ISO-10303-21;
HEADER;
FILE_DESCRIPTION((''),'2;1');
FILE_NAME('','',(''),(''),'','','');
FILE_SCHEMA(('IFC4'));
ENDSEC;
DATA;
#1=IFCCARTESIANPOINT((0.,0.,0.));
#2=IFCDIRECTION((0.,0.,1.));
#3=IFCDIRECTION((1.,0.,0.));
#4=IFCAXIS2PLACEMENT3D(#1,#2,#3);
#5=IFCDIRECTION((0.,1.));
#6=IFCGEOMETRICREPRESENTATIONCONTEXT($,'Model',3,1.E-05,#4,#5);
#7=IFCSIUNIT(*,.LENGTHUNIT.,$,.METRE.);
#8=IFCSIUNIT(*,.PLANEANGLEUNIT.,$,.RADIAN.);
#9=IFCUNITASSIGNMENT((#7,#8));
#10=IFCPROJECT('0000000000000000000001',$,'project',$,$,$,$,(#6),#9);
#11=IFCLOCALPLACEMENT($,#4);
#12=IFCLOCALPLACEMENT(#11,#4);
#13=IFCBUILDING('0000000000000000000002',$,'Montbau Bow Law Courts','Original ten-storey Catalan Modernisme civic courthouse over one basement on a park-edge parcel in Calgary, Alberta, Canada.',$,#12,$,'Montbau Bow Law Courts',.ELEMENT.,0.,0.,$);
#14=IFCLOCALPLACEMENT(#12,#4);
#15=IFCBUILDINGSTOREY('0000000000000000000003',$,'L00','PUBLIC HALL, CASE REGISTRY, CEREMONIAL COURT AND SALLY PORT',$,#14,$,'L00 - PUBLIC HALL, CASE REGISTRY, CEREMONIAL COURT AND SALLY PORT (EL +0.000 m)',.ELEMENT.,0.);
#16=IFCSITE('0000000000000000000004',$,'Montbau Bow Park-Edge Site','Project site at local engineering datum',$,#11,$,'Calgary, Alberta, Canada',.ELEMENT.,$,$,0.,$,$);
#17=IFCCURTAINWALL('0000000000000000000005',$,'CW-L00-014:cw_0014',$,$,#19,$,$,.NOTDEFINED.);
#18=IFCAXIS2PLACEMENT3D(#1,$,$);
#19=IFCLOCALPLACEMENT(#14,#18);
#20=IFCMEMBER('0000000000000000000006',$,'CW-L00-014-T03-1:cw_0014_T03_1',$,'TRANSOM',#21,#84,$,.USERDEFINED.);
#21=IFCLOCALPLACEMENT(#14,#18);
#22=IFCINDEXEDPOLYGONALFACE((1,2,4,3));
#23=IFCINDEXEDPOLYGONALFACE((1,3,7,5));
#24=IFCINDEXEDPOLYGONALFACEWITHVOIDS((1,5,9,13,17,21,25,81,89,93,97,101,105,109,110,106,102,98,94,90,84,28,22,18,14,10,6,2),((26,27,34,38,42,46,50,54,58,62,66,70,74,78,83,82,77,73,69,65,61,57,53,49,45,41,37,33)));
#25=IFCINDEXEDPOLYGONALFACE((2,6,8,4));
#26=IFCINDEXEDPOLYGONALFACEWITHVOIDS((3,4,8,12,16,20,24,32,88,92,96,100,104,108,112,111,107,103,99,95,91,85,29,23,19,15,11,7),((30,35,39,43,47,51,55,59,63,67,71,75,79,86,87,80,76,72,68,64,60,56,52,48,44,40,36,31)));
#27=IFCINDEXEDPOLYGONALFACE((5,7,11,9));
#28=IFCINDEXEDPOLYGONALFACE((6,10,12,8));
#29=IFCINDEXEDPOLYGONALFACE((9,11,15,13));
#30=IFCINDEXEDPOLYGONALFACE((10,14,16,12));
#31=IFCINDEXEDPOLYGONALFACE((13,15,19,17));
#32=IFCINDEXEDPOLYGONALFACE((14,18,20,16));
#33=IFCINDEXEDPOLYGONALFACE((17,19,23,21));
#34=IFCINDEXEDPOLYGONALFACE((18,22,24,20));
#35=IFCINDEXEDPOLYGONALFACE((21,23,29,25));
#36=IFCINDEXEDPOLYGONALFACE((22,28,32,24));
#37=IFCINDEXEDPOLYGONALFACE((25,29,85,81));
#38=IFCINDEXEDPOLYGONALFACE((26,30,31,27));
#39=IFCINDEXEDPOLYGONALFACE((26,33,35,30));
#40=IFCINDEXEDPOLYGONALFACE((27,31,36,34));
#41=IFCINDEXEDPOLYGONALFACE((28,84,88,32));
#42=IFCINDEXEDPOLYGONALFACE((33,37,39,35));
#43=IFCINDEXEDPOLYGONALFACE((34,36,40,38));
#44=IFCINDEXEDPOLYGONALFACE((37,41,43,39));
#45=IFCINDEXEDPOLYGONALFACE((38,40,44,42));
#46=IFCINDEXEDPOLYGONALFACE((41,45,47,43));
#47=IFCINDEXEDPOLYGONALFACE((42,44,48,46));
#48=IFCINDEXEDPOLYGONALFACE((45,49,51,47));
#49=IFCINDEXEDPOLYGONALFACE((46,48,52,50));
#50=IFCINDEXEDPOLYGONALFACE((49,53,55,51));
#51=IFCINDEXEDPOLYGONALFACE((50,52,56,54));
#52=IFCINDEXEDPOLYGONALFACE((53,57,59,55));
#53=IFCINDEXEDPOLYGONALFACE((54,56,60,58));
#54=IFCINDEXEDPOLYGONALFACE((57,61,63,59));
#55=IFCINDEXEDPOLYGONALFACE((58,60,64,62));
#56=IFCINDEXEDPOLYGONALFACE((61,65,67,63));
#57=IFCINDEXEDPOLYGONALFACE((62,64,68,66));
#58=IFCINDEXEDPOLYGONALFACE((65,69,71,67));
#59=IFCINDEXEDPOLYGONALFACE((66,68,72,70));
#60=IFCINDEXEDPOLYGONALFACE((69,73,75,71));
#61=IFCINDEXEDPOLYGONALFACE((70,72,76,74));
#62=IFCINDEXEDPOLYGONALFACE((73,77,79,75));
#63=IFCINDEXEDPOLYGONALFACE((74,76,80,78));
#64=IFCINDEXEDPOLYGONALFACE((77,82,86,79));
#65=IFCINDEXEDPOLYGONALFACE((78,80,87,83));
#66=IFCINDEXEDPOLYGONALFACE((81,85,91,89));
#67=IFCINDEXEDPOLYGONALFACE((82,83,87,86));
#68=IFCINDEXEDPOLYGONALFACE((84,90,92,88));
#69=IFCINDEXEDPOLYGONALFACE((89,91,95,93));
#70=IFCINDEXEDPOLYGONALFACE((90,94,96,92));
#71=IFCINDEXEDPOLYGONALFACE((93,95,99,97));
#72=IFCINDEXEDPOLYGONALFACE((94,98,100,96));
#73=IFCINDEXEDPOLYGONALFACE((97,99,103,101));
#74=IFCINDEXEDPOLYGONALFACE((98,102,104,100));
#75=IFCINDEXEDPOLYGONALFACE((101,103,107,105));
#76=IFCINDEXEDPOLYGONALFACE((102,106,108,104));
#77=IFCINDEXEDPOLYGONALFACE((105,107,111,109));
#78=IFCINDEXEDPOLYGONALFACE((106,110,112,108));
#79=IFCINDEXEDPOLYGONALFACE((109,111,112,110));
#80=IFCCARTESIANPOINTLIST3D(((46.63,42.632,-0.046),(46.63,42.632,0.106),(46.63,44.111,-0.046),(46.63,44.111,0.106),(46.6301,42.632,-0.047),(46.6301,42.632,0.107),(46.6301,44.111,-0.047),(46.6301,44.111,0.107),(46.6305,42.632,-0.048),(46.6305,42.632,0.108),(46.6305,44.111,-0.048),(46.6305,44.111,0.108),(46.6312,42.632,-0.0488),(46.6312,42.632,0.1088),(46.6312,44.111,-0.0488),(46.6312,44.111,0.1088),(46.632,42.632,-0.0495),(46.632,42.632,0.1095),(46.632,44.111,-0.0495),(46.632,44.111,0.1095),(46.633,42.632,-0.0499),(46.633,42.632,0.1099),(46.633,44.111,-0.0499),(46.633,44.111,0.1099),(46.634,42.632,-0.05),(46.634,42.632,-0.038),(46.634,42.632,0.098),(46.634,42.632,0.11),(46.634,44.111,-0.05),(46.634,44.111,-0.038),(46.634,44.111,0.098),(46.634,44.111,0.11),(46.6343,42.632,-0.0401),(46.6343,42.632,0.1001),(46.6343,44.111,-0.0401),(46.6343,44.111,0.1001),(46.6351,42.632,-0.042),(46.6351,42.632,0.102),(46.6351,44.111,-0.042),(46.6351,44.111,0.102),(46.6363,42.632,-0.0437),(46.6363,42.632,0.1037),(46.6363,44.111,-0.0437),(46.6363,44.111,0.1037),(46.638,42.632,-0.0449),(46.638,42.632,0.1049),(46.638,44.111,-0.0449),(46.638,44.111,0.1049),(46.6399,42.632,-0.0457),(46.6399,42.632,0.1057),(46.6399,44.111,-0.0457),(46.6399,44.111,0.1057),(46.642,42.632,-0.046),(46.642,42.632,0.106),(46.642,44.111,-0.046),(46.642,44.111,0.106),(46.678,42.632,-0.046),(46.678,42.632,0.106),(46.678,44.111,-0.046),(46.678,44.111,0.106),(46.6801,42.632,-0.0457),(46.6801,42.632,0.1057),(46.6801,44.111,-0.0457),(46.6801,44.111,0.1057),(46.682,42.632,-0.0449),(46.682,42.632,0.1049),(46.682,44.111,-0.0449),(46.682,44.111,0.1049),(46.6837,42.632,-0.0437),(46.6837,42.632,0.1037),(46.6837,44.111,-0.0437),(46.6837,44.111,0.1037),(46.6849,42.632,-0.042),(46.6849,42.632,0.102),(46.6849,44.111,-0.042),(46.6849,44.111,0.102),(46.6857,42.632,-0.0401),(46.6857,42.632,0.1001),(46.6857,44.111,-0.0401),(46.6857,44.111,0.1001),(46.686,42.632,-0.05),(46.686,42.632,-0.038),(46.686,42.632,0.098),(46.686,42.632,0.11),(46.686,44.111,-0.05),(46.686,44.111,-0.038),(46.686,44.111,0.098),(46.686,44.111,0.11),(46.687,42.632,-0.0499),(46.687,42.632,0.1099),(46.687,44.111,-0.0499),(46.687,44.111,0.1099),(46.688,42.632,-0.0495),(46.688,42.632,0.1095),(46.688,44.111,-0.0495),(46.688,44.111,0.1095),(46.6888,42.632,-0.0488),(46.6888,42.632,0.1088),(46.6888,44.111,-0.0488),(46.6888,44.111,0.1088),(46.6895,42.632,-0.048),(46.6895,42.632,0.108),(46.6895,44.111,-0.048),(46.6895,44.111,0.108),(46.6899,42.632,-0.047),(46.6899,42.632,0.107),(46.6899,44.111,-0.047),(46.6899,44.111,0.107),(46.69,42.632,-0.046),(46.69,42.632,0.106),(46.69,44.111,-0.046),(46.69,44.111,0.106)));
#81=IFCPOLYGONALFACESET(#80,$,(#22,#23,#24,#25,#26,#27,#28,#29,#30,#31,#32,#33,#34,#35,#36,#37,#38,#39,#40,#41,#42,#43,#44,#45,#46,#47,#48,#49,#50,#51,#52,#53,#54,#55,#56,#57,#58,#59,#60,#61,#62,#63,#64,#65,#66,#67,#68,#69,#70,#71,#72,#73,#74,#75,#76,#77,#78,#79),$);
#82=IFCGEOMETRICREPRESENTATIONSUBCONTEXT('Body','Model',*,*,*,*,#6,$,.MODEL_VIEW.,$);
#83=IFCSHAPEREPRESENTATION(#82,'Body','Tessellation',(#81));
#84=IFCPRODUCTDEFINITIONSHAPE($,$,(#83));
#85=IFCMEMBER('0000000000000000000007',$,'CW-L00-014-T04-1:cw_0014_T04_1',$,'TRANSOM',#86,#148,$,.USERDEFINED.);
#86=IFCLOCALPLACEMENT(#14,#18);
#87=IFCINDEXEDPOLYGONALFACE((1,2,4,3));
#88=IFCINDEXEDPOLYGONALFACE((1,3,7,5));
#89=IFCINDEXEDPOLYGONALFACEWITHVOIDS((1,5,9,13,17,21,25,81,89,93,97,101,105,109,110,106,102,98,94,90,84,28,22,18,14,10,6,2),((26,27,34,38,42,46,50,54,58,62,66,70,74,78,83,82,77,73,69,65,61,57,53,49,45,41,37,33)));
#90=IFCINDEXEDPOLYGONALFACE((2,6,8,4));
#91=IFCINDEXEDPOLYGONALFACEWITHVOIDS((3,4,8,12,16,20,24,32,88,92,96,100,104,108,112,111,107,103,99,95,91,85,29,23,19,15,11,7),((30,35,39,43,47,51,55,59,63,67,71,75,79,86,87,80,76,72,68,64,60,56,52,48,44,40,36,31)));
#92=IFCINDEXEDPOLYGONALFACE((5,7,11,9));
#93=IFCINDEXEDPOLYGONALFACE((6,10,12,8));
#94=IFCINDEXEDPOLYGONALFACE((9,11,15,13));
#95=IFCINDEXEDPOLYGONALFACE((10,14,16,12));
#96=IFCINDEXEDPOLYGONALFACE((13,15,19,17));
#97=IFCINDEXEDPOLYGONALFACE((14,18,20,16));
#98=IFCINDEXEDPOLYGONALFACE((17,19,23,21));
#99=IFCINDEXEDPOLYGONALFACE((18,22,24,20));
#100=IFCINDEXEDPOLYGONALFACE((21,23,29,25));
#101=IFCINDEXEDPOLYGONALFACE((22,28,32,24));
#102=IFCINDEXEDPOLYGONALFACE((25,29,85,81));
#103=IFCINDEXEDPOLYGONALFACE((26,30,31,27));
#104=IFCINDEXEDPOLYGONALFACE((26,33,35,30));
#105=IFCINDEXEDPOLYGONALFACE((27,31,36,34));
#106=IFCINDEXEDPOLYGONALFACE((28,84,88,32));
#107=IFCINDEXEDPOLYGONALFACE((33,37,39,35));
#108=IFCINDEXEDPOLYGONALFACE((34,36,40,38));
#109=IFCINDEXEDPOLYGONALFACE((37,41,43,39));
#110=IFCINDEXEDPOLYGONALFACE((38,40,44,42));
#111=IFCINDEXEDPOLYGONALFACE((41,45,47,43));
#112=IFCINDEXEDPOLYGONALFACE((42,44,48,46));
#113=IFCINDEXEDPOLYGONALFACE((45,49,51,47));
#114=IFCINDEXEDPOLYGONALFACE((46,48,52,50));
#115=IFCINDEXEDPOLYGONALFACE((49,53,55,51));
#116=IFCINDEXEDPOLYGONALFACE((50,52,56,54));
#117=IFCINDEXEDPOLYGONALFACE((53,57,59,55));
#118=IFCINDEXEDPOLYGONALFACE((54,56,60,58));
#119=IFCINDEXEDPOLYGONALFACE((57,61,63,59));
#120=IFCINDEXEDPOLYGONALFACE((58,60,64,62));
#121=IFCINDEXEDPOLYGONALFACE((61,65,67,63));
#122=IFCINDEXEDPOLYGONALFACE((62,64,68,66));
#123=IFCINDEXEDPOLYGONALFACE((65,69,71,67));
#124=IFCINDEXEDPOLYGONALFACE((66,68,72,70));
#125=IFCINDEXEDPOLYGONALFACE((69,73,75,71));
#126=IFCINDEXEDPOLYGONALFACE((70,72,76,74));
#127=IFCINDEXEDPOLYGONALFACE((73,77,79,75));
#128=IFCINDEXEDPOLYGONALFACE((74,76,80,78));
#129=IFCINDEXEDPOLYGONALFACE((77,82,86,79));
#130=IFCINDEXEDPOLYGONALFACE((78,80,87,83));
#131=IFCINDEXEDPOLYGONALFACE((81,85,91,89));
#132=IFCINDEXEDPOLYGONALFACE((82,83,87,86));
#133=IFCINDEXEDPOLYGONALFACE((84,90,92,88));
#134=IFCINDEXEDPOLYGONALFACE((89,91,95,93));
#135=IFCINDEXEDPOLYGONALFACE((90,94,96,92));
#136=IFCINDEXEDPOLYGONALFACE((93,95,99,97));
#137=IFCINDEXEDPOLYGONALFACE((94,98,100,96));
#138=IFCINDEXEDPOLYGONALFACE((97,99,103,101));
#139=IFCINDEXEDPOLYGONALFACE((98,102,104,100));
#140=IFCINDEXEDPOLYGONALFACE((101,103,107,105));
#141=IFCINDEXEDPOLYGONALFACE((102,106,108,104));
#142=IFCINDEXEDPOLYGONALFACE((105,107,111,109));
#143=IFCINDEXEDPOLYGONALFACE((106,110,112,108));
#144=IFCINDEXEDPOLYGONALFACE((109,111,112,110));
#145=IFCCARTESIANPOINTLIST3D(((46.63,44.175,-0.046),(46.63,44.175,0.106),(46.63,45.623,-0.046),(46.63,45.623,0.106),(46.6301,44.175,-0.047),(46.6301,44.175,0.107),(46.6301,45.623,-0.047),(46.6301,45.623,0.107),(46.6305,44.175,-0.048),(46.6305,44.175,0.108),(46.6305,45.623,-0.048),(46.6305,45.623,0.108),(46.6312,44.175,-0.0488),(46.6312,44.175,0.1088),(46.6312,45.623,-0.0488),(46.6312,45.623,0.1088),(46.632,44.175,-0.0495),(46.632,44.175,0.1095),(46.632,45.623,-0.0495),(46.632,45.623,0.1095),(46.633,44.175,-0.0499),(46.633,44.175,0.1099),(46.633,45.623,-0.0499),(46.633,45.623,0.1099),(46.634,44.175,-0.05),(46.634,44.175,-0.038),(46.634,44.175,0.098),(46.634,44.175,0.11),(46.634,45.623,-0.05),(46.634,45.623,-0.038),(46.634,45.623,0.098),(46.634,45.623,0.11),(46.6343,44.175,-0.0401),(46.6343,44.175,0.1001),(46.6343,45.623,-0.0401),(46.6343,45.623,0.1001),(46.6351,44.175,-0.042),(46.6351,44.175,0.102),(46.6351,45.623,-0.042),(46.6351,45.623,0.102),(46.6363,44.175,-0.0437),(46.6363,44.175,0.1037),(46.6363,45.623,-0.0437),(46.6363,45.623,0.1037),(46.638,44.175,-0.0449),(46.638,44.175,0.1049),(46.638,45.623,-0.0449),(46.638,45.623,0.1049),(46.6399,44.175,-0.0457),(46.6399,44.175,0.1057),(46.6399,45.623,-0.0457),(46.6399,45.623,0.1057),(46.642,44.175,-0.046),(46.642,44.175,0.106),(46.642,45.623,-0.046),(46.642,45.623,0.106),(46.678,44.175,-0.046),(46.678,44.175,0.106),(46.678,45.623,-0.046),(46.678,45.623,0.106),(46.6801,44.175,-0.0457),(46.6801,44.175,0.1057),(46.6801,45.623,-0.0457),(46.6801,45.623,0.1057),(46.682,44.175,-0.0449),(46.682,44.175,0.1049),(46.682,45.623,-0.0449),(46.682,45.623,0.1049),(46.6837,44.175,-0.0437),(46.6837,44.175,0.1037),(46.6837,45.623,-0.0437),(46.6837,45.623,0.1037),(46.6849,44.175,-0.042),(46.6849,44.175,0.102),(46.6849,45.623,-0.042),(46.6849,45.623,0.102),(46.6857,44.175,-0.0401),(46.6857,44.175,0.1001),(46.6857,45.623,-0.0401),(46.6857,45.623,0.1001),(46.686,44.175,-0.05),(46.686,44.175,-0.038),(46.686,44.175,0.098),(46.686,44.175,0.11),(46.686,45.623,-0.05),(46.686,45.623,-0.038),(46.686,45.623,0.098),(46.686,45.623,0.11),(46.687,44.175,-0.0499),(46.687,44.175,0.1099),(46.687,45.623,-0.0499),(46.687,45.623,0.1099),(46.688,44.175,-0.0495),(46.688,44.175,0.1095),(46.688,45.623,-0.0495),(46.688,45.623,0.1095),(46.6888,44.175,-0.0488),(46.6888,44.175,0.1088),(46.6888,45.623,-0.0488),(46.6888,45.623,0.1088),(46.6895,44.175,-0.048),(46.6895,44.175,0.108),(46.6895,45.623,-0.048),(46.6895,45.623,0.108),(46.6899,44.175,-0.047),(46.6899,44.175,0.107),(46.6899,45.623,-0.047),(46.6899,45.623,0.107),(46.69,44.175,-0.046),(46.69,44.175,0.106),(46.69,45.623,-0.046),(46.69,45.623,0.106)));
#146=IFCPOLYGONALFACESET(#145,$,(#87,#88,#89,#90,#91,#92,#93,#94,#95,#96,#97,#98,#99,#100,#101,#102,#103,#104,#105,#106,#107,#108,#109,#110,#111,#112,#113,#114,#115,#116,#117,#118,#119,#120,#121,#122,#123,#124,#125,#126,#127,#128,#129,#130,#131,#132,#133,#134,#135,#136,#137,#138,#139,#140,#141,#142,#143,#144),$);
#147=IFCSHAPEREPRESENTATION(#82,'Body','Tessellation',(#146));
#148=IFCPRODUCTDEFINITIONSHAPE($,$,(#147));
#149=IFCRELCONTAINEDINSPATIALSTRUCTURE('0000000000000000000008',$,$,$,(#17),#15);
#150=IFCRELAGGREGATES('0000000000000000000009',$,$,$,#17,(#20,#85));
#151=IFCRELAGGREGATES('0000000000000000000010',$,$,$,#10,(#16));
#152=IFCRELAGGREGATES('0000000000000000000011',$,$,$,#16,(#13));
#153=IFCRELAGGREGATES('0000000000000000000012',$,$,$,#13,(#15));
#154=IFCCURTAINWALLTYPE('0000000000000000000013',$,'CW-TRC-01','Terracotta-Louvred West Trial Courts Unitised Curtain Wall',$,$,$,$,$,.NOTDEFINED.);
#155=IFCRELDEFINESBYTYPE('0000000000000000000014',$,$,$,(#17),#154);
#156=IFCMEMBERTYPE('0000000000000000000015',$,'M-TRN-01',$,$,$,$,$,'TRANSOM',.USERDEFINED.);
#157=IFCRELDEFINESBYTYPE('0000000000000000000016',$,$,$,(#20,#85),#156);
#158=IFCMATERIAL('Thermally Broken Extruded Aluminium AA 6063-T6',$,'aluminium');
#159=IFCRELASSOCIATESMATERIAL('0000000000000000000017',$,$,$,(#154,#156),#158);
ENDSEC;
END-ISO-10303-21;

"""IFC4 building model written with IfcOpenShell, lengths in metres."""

from ifc_helpers import new_model, si_unit, direction, frame, origin_with_axes, origin_2d_with_axis, place, context, subcontext, project, spatial, hollow_rectangle, extrude, material, material_profile, profile_set, type_object, element, aggregate, save


model = new_model("IFC4")

# Units and contexts
model_context = context("Model", 3, precision=1e-05, world=origin_with_axes(), true_north=direction((0.0, 1.0)))
body_context = subcontext(model_context, "Body", "Model", "MODEL_VIEW")
ifc_project = project(units=[si_unit("LENGTHUNIT", "METRE"), si_unit("PLANEANGLEUNIT", "RADIAN")], contexts=[model_context])

# Site, building, storey
site_placement = place(None, origin_with_axes())
site = spatial("IfcSite", under=ifc_project, at=site_placement, Name="Montbau Bow Park-Edge Site", Description="Project site at local engineering datum", LongName="Calgary, Alberta, Canada", CompositionType="ELEMENT", RefElevation=0.0)
building_placement = place(site_placement, origin_with_axes())
building = spatial("IfcBuilding", under=site, at=building_placement, Name="Montbau Bow Law Courts", Description="Original ten-storey Catalan Modernisme civic courthouse over one basement on a park-edge parcel in Calgary, Alberta, Canada.", LongName="Montbau Bow Law Courts", CompositionType="ELEMENT", ElevationOfRefHeight=0.0, ElevationOfTerrain=0.0)
storey_placement = place(building_placement, origin_with_axes())
storey = spatial("IfcBuildingStorey", under=building, at=storey_placement, Name="L00", Description="PUBLIC HALL, CASE REGISTRY, CEREMONIAL COURT AND SALLY PORT", LongName="L00 - PUBLIC HALL, CASE REGISTRY, CEREMONIAL COURT AND SALLY PORT (EL +0.000 m)", CompositionType="ELEMENT", Elevation=0.0)

# Shared definitions
ifc_material_1 = material(Name="Thermally Broken Extruded Aluminium AA 6063-T6", Category="aluminium")
curtain_wall_type_1 = type_object("IfcCurtainWallType", Name="CW-TRC-01", Description="Terracotta-Louvred West Trial Courts Unitised Curtain Wall", PredefinedType="NOTDEFINED", material=ifc_material_1)

# Curtain wall
curtain_wall_1_placement = place(None, frame((46.66, 39.515, 0.0), z_axis=(0.0, 0.0, 1.0), x_axis=(1.0, 0.0, 0.0)))
curtain_wall_1 = element("IfcCurtainWall", 1, at=curtain_wall_1_placement, inside=storey, type_object=curtain_wall_type_1, Name="CW-L00-014:cw_0014", PredefinedType="NOTDEFINED")

# Members
ifc_material_profile_1 = material_profile(ifc_material_1, hollow_rectangle(XDim=0.06, YDim=0.16, WallThickness=0.004, InnerFilletRadius=0.008, OuterFilletRadius=0.004, at=origin_2d_with_axis()), Name="CWT-160X60", Category="Main", Priority=0)
ifc_profile_set_1 = profile_set([ifc_material_profile_1], Name="Thermally Broken Extruded Aluminium AA 6063-T6")
member_type_1 = type_object("IfcMemberType", Name="M-TRN-01", ElementType="TRANSOM", PredefinedType="USERDEFINED", material=ifc_profile_set_1)
member_1_placement = place(None, frame((46.66, 42.632, 0.03), z_axis=(0.0, 1.0, 0.0), x_axis=(-1.0, 0.0, 0.0)))
member_1 = element("IfcMember", 2, at=member_1_placement, type_object=member_type_1, Name="CW-L00-014-T03-1:cw_0014_T03_1", ObjectType="TRANSOM", PredefinedType="USERDEFINED", context=body_context, shape_type="SweptSolid", body=[
    extrude(hollow_rectangle(XDim=0.06, YDim=0.16, WallThickness=0.004, InnerFilletRadius=0.008, OuterFilletRadius=0.004, at=origin_2d_with_axis()), origin_with_axes(), (0.0, 0.0, 1.0), 1.479),
])
member_2_placement = place(None, frame((46.66, 44.175, 0.03), z_axis=(0.0, 1.0, 0.0), x_axis=(-1.0, 0.0, 0.0)))
member_2 = element("IfcMember", 3, at=member_2_placement, type_object=member_type_1, Name="CW-L00-014-T04-1:cw_0014_T04_1", ObjectType="TRANSOM", PredefinedType="USERDEFINED", context=body_context, shape_type="SweptSolid", body=[
    extrude(hollow_rectangle(XDim=0.06, YDim=0.16, WallThickness=0.004, InnerFilletRadius=0.008, OuterFilletRadius=0.004, at=origin_2d_with_axis()), origin_with_axes(), (0.0, 0.0, 1.0), 1.448),
])
aggregate(curtain_wall_1, [member_1, member_2])

save(model, "model.ifc")
